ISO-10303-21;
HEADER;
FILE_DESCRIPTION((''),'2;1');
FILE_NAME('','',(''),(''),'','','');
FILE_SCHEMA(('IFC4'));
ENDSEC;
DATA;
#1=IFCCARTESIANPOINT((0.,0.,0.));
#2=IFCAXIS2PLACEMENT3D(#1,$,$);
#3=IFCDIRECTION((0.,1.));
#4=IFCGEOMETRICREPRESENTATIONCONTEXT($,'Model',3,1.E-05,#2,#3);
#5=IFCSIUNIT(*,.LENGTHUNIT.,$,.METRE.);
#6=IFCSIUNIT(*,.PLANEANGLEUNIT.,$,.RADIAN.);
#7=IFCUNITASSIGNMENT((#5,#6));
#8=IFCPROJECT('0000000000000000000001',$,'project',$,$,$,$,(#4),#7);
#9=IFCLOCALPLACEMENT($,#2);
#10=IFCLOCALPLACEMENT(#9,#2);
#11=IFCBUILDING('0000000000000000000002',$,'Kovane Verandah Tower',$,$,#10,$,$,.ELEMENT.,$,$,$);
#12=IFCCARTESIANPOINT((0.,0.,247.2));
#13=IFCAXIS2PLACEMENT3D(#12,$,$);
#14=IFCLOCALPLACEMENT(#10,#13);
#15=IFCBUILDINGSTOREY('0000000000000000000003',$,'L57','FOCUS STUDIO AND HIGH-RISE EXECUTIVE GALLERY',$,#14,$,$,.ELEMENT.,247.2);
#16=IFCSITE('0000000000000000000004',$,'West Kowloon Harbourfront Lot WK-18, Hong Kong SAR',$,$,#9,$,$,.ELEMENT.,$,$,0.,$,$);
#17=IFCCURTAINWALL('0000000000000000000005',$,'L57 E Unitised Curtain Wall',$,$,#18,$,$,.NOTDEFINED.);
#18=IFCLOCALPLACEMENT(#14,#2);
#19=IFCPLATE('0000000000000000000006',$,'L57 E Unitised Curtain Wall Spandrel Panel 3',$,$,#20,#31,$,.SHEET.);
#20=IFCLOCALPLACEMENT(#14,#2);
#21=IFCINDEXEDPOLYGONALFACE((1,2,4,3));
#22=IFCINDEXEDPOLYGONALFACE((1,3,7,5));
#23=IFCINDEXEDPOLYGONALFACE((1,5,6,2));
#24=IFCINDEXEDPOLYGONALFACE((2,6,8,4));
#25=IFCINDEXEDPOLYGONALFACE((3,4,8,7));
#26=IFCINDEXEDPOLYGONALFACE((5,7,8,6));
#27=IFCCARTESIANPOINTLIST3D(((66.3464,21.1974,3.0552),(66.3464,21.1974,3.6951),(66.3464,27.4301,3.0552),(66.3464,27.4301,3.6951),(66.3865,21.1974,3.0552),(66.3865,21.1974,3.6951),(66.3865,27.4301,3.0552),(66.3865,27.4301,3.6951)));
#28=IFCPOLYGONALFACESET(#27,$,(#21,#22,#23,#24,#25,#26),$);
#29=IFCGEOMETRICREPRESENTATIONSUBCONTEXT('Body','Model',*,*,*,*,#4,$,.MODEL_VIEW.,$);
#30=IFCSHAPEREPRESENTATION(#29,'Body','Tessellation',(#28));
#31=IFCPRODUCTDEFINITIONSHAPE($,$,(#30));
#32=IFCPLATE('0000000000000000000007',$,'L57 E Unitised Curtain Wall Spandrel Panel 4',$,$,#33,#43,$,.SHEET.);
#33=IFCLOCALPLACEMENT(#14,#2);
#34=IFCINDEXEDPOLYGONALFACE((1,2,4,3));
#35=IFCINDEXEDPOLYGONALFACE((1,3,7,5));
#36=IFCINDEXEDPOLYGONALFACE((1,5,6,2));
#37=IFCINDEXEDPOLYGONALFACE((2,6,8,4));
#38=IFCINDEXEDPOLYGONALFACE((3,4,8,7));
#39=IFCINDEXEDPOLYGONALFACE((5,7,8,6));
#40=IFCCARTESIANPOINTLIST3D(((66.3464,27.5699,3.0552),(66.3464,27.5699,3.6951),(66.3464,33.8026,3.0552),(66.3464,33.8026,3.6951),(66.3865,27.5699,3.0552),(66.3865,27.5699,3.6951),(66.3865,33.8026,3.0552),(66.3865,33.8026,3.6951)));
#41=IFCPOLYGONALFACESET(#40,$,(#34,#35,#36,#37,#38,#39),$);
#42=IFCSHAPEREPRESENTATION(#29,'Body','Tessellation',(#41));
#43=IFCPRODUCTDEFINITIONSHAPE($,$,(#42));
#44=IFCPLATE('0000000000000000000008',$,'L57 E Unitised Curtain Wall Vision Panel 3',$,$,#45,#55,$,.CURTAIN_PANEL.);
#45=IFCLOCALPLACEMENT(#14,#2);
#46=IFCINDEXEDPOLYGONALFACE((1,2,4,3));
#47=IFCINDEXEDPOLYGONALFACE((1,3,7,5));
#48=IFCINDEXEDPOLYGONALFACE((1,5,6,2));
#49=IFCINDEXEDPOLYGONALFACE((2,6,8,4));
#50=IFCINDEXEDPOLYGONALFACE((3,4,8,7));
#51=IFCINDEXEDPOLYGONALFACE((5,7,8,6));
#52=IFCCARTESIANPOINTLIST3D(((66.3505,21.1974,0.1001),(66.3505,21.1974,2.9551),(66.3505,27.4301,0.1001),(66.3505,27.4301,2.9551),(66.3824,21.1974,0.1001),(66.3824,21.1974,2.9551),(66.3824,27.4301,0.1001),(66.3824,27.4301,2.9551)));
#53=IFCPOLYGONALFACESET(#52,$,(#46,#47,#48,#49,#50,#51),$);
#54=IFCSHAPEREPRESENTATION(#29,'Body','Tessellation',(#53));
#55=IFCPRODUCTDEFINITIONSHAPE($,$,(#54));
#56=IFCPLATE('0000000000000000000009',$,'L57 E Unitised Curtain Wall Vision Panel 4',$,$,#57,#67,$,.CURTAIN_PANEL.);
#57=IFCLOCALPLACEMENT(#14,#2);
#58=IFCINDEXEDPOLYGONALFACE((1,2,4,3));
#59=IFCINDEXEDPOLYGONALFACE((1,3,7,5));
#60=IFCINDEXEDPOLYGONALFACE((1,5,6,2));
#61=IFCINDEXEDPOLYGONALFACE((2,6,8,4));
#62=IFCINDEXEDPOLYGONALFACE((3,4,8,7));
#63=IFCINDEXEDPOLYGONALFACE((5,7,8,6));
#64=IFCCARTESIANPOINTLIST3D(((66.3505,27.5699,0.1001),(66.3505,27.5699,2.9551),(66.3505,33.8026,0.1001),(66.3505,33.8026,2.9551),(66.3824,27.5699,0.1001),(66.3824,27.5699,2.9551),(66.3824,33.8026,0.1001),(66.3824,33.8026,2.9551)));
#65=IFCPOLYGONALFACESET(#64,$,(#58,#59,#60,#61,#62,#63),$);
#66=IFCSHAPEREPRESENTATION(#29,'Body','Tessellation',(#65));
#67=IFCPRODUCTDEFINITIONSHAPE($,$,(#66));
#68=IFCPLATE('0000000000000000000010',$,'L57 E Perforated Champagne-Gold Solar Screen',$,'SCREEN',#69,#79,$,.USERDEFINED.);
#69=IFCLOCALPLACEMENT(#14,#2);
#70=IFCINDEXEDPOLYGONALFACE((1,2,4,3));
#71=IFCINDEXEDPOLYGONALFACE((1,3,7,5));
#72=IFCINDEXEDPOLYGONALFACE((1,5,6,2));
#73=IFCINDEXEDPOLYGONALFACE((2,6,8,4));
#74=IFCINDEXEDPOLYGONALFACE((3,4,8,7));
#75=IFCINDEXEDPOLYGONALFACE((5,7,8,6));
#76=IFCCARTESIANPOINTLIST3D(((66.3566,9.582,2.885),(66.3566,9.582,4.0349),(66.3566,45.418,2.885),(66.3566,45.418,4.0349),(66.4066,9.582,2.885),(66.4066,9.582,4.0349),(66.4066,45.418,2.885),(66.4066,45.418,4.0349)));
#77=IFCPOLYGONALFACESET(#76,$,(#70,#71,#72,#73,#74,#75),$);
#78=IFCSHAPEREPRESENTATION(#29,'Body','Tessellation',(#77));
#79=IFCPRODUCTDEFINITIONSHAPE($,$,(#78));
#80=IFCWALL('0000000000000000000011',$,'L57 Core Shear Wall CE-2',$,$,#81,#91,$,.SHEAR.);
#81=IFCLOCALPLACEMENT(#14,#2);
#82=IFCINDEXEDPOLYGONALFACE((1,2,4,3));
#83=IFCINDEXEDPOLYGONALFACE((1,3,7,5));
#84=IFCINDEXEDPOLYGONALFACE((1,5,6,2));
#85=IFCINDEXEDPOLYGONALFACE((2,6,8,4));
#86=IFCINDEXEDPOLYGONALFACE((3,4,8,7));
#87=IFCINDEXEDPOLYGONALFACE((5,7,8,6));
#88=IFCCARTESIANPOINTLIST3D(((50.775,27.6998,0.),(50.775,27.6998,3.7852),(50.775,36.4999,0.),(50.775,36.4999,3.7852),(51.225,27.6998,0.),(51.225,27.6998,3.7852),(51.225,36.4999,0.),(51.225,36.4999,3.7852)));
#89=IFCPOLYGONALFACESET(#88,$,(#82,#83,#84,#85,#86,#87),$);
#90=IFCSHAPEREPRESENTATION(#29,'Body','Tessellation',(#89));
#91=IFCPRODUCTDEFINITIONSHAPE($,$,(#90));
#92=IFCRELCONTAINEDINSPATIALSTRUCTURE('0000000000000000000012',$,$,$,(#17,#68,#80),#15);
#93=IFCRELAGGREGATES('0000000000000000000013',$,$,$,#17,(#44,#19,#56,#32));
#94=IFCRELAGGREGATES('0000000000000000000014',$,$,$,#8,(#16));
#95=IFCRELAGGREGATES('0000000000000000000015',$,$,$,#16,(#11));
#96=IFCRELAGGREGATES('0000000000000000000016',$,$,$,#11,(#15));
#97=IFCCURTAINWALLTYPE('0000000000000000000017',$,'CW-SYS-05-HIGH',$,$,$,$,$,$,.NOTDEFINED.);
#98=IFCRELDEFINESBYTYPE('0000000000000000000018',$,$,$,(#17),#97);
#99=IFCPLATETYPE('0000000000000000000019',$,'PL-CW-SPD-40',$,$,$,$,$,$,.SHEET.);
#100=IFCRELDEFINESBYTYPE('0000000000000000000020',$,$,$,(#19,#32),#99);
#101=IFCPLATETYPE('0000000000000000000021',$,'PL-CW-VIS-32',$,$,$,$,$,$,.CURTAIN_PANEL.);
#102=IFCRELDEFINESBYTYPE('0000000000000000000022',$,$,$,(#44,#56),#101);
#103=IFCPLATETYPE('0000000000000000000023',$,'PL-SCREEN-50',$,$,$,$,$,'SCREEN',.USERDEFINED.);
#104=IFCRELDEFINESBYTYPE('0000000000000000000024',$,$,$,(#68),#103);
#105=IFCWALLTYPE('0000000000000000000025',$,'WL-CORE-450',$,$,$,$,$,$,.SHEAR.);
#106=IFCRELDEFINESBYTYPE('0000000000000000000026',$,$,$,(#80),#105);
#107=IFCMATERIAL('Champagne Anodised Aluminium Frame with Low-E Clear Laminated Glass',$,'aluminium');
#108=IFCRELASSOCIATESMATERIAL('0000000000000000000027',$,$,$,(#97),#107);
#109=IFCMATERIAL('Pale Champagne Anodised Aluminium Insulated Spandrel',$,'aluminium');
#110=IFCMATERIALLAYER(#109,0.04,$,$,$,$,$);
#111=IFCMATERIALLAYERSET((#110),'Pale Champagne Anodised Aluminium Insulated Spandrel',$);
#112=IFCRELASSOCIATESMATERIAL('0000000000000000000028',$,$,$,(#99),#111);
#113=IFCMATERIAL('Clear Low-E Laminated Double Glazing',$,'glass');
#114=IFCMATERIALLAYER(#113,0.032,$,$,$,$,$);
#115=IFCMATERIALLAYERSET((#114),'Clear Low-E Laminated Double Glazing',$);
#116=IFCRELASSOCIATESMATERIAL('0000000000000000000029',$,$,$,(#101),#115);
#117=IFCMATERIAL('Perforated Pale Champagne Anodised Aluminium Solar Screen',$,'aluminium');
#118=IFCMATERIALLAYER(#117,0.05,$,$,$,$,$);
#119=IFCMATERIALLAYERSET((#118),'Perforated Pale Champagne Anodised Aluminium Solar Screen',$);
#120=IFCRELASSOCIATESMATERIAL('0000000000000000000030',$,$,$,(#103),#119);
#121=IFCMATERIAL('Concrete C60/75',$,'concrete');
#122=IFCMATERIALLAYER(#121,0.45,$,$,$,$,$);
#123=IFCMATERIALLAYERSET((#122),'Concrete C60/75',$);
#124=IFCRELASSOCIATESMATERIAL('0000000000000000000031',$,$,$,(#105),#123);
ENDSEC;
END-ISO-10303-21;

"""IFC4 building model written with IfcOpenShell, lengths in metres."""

from ifc_helpers import new_model, si_unit, direction, frame, frame_2d, origin, origin_2d, place, context, subcontext, project, spatial, rectangle, extrude, material, layer, layer_set, type_object, element, aggregate, save


model = new_model("IFC4")

# Units and contexts
model_context = context("Model", 3, precision=1e-05, world=origin(), true_north=direction((0.0, 1.0)))
body_context = subcontext(model_context, "Body", "Model", "MODEL_VIEW")
ifc_project = project(units=[si_unit("LENGTHUNIT", "METRE"), si_unit("PLANEANGLEUNIT", "RADIAN")], contexts=[model_context])

# Site, building, storey
site_placement = place(None, origin())
site = spatial("IfcSite", under=ifc_project, at=site_placement, Name="West Kowloon Harbourfront Lot WK-18, Hong Kong SAR", CompositionType="ELEMENT", RefElevation=0.0)
building_placement = place(site_placement, origin())
building = spatial("IfcBuilding", under=site, at=building_placement, Name="Kovane Verandah Tower", CompositionType="ELEMENT")
storey_placement = place(building_placement, frame((0.0, 0.0, 247.2)))
storey = spatial("IfcBuildingStorey", under=building, at=storey_placement, Name="L57", Description="FOCUS STUDIO AND HIGH-RISE EXECUTIVE GALLERY", CompositionType="ELEMENT", Elevation=247.2)

# Shared definitions
ifc_material_1 = material(Name="Concrete C60/75", Category="concrete")

# Curtain wall
ifc_material_2 = material(Name="Champagne Anodised Aluminium Frame with Low-E Clear Laminated Glass", Category="aluminium")
curtain_wall_type = type_object("IfcCurtainWallType", Name="CW-SYS-05-HIGH", PredefinedType="NOTDEFINED", material=ifc_material_2)
curtain_wall_placement = place(storey_placement, origin())
curtain_wall = element("IfcCurtainWall", 1, at=curtain_wall_placement, inside=storey, type_object=curtain_wall_type, Name="L57 E Unitised Curtain Wall", PredefinedType="NOTDEFINED")

# Plates
ifc_material_3 = material(Name="Pale Champagne Anodised Aluminium Insulated Spandrel", Category="aluminium")
ifc_layer_1 = layer(ifc_material_3, 0.04)
ifc_layer_set_1 = layer_set([ifc_layer_1], Name="Pale Champagne Anodised Aluminium Insulated Spandrel")
plate_type_1 = type_object("IfcPlateType", Name="PL-CW-SPD-40", PredefinedType="SHEET", material=ifc_layer_set_1)
plate_1_placement = place(storey_placement, frame((66.3665, 24.3137, 3.0552), z_axis=(0.0, 0.0, 1.0), x_axis=(0.0, 1.0, 0.0)))
plate_1 = element("IfcPlate", 2, at=plate_1_placement, type_object=plate_type_1, Name="L57 E Unitised Curtain Wall Spandrel Panel 3", PredefinedType="SHEET", context=body_context, shape_type="SweptSolid", body=[
    extrude(rectangle(XDim=6.2327, YDim=0.04, at=origin_2d()), origin(), (0.0, 0.0, 1.0), 0.6399),
])
plate_2_placement = place(storey_placement, frame((66.3665, 30.6863, 3.0552), z_axis=(0.0, 0.0, 1.0), x_axis=(0.0, 1.0, 0.0)))
plate_2 = element("IfcPlate", 3, at=plate_2_placement, type_object=plate_type_1, Name="L57 E Unitised Curtain Wall Spandrel Panel 4", PredefinedType="SHEET", context=body_context, shape_type="SweptSolid", body=[
    extrude(rectangle(XDim=6.2327, YDim=0.04, at=origin_2d()), origin(), (0.0, 0.0, 1.0), 0.6399),
])
ifc_material_4 = material(Name="Clear Low-E Laminated Double Glazing", Category="glass")
ifc_layer_2 = layer(ifc_material_4, 0.032)
ifc_layer_set_2 = layer_set([ifc_layer_2], Name="Clear Low-E Laminated Double Glazing")
plate_type_2 = type_object("IfcPlateType", Name="PL-CW-VIS-32", PredefinedType="CURTAIN_PANEL", material=ifc_layer_set_2)
plate_3_placement = place(storey_placement, frame((66.3665, 24.3137, 0.1001), z_axis=(0.0, 0.0, 1.0), x_axis=(0.0, 1.0, 0.0)))
plate_3 = element("IfcPlate", 4, at=plate_3_placement, type_object=plate_type_2, Name="L57 E Unitised Curtain Wall Vision Panel 3", PredefinedType="CURTAIN_PANEL", context=body_context, shape_type="SweptSolid", body=[
    extrude(rectangle(XDim=6.2327, YDim=0.032, at=origin_2d()), origin(), (0.0, 0.0, 1.0), 2.855),
])
plate_4_placement = place(storey_placement, frame((66.3665, 30.6863, 0.1001), z_axis=(0.0, 0.0, 1.0), x_axis=(0.0, 1.0, 0.0)))
plate_4 = element("IfcPlate", 5, at=plate_4_placement, type_object=plate_type_2, Name="L57 E Unitised Curtain Wall Vision Panel 4", PredefinedType="CURTAIN_PANEL", context=body_context, shape_type="SweptSolid", body=[
    extrude(rectangle(XDim=6.2327, YDim=0.032, at=origin_2d()), origin(), (0.0, 0.0, 1.0), 2.855),
])
aggregate(curtain_wall, [plate_3, plate_1, plate_4, plate_2])
ifc_material_5 = material(Name="Perforated Pale Champagne Anodised Aluminium Solar Screen", Category="aluminium")
ifc_layer_3 = layer(ifc_material_5, 0.05)
ifc_layer_set_3 = layer_set([ifc_layer_3], Name="Perforated Pale Champagne Anodised Aluminium Solar Screen")
plate_type_3 = type_object("IfcPlateType", Name="PL-SCREEN-50", ElementType="SCREEN", PredefinedType="USERDEFINED", material=ifc_layer_set_3)
plate_5_placement = place(storey_placement, frame((66.3816, 27.5, 2.885), z_axis=(0.0, 0.0, 1.0), x_axis=(0.0, 1.0, 0.0)))
element("IfcPlate", 6, at=plate_5_placement, inside=storey, type_object=plate_type_3, Name="L57 E Perforated Champagne-Gold Solar Screen", ObjectType="SCREEN", PredefinedType="USERDEFINED", context=body_context, shape_type="SweptSolid", body=[
    extrude(rectangle(XDim=35.8359, YDim=0.05, at=origin_2d()), origin(), (0.0, 0.0, 1.0), 1.1499),
])

# Wall
ifc_layer_4 = layer(ifc_material_1, 0.45)
ifc_layer_set_4 = layer_set([ifc_layer_4], Name="Concrete C60/75")
wall_type = type_object("IfcWallType", Name="WL-CORE-450", PredefinedType="SHEAR", material=ifc_layer_set_4)
wall_placement = place(storey_placement, frame((51.0, 27.7, 0.0), z_axis=(0.0, 0.0, 1.0), x_axis=(0.0, 1.0, 0.0)))
element("IfcWall", 7, at=wall_placement, inside=storey, type_object=wall_type, Name="L57 Core Shear Wall CE-2", PredefinedType="SHEAR", context=body_context, shape_type="SweptSolid", body=[
    extrude(rectangle(XDim=8.8, YDim=0.45, at=frame_2d((4.3999, 0.0))), origin(), (0.0, 0.0, 1.0), 3.7852),
])

save(model, "model.ifc")
